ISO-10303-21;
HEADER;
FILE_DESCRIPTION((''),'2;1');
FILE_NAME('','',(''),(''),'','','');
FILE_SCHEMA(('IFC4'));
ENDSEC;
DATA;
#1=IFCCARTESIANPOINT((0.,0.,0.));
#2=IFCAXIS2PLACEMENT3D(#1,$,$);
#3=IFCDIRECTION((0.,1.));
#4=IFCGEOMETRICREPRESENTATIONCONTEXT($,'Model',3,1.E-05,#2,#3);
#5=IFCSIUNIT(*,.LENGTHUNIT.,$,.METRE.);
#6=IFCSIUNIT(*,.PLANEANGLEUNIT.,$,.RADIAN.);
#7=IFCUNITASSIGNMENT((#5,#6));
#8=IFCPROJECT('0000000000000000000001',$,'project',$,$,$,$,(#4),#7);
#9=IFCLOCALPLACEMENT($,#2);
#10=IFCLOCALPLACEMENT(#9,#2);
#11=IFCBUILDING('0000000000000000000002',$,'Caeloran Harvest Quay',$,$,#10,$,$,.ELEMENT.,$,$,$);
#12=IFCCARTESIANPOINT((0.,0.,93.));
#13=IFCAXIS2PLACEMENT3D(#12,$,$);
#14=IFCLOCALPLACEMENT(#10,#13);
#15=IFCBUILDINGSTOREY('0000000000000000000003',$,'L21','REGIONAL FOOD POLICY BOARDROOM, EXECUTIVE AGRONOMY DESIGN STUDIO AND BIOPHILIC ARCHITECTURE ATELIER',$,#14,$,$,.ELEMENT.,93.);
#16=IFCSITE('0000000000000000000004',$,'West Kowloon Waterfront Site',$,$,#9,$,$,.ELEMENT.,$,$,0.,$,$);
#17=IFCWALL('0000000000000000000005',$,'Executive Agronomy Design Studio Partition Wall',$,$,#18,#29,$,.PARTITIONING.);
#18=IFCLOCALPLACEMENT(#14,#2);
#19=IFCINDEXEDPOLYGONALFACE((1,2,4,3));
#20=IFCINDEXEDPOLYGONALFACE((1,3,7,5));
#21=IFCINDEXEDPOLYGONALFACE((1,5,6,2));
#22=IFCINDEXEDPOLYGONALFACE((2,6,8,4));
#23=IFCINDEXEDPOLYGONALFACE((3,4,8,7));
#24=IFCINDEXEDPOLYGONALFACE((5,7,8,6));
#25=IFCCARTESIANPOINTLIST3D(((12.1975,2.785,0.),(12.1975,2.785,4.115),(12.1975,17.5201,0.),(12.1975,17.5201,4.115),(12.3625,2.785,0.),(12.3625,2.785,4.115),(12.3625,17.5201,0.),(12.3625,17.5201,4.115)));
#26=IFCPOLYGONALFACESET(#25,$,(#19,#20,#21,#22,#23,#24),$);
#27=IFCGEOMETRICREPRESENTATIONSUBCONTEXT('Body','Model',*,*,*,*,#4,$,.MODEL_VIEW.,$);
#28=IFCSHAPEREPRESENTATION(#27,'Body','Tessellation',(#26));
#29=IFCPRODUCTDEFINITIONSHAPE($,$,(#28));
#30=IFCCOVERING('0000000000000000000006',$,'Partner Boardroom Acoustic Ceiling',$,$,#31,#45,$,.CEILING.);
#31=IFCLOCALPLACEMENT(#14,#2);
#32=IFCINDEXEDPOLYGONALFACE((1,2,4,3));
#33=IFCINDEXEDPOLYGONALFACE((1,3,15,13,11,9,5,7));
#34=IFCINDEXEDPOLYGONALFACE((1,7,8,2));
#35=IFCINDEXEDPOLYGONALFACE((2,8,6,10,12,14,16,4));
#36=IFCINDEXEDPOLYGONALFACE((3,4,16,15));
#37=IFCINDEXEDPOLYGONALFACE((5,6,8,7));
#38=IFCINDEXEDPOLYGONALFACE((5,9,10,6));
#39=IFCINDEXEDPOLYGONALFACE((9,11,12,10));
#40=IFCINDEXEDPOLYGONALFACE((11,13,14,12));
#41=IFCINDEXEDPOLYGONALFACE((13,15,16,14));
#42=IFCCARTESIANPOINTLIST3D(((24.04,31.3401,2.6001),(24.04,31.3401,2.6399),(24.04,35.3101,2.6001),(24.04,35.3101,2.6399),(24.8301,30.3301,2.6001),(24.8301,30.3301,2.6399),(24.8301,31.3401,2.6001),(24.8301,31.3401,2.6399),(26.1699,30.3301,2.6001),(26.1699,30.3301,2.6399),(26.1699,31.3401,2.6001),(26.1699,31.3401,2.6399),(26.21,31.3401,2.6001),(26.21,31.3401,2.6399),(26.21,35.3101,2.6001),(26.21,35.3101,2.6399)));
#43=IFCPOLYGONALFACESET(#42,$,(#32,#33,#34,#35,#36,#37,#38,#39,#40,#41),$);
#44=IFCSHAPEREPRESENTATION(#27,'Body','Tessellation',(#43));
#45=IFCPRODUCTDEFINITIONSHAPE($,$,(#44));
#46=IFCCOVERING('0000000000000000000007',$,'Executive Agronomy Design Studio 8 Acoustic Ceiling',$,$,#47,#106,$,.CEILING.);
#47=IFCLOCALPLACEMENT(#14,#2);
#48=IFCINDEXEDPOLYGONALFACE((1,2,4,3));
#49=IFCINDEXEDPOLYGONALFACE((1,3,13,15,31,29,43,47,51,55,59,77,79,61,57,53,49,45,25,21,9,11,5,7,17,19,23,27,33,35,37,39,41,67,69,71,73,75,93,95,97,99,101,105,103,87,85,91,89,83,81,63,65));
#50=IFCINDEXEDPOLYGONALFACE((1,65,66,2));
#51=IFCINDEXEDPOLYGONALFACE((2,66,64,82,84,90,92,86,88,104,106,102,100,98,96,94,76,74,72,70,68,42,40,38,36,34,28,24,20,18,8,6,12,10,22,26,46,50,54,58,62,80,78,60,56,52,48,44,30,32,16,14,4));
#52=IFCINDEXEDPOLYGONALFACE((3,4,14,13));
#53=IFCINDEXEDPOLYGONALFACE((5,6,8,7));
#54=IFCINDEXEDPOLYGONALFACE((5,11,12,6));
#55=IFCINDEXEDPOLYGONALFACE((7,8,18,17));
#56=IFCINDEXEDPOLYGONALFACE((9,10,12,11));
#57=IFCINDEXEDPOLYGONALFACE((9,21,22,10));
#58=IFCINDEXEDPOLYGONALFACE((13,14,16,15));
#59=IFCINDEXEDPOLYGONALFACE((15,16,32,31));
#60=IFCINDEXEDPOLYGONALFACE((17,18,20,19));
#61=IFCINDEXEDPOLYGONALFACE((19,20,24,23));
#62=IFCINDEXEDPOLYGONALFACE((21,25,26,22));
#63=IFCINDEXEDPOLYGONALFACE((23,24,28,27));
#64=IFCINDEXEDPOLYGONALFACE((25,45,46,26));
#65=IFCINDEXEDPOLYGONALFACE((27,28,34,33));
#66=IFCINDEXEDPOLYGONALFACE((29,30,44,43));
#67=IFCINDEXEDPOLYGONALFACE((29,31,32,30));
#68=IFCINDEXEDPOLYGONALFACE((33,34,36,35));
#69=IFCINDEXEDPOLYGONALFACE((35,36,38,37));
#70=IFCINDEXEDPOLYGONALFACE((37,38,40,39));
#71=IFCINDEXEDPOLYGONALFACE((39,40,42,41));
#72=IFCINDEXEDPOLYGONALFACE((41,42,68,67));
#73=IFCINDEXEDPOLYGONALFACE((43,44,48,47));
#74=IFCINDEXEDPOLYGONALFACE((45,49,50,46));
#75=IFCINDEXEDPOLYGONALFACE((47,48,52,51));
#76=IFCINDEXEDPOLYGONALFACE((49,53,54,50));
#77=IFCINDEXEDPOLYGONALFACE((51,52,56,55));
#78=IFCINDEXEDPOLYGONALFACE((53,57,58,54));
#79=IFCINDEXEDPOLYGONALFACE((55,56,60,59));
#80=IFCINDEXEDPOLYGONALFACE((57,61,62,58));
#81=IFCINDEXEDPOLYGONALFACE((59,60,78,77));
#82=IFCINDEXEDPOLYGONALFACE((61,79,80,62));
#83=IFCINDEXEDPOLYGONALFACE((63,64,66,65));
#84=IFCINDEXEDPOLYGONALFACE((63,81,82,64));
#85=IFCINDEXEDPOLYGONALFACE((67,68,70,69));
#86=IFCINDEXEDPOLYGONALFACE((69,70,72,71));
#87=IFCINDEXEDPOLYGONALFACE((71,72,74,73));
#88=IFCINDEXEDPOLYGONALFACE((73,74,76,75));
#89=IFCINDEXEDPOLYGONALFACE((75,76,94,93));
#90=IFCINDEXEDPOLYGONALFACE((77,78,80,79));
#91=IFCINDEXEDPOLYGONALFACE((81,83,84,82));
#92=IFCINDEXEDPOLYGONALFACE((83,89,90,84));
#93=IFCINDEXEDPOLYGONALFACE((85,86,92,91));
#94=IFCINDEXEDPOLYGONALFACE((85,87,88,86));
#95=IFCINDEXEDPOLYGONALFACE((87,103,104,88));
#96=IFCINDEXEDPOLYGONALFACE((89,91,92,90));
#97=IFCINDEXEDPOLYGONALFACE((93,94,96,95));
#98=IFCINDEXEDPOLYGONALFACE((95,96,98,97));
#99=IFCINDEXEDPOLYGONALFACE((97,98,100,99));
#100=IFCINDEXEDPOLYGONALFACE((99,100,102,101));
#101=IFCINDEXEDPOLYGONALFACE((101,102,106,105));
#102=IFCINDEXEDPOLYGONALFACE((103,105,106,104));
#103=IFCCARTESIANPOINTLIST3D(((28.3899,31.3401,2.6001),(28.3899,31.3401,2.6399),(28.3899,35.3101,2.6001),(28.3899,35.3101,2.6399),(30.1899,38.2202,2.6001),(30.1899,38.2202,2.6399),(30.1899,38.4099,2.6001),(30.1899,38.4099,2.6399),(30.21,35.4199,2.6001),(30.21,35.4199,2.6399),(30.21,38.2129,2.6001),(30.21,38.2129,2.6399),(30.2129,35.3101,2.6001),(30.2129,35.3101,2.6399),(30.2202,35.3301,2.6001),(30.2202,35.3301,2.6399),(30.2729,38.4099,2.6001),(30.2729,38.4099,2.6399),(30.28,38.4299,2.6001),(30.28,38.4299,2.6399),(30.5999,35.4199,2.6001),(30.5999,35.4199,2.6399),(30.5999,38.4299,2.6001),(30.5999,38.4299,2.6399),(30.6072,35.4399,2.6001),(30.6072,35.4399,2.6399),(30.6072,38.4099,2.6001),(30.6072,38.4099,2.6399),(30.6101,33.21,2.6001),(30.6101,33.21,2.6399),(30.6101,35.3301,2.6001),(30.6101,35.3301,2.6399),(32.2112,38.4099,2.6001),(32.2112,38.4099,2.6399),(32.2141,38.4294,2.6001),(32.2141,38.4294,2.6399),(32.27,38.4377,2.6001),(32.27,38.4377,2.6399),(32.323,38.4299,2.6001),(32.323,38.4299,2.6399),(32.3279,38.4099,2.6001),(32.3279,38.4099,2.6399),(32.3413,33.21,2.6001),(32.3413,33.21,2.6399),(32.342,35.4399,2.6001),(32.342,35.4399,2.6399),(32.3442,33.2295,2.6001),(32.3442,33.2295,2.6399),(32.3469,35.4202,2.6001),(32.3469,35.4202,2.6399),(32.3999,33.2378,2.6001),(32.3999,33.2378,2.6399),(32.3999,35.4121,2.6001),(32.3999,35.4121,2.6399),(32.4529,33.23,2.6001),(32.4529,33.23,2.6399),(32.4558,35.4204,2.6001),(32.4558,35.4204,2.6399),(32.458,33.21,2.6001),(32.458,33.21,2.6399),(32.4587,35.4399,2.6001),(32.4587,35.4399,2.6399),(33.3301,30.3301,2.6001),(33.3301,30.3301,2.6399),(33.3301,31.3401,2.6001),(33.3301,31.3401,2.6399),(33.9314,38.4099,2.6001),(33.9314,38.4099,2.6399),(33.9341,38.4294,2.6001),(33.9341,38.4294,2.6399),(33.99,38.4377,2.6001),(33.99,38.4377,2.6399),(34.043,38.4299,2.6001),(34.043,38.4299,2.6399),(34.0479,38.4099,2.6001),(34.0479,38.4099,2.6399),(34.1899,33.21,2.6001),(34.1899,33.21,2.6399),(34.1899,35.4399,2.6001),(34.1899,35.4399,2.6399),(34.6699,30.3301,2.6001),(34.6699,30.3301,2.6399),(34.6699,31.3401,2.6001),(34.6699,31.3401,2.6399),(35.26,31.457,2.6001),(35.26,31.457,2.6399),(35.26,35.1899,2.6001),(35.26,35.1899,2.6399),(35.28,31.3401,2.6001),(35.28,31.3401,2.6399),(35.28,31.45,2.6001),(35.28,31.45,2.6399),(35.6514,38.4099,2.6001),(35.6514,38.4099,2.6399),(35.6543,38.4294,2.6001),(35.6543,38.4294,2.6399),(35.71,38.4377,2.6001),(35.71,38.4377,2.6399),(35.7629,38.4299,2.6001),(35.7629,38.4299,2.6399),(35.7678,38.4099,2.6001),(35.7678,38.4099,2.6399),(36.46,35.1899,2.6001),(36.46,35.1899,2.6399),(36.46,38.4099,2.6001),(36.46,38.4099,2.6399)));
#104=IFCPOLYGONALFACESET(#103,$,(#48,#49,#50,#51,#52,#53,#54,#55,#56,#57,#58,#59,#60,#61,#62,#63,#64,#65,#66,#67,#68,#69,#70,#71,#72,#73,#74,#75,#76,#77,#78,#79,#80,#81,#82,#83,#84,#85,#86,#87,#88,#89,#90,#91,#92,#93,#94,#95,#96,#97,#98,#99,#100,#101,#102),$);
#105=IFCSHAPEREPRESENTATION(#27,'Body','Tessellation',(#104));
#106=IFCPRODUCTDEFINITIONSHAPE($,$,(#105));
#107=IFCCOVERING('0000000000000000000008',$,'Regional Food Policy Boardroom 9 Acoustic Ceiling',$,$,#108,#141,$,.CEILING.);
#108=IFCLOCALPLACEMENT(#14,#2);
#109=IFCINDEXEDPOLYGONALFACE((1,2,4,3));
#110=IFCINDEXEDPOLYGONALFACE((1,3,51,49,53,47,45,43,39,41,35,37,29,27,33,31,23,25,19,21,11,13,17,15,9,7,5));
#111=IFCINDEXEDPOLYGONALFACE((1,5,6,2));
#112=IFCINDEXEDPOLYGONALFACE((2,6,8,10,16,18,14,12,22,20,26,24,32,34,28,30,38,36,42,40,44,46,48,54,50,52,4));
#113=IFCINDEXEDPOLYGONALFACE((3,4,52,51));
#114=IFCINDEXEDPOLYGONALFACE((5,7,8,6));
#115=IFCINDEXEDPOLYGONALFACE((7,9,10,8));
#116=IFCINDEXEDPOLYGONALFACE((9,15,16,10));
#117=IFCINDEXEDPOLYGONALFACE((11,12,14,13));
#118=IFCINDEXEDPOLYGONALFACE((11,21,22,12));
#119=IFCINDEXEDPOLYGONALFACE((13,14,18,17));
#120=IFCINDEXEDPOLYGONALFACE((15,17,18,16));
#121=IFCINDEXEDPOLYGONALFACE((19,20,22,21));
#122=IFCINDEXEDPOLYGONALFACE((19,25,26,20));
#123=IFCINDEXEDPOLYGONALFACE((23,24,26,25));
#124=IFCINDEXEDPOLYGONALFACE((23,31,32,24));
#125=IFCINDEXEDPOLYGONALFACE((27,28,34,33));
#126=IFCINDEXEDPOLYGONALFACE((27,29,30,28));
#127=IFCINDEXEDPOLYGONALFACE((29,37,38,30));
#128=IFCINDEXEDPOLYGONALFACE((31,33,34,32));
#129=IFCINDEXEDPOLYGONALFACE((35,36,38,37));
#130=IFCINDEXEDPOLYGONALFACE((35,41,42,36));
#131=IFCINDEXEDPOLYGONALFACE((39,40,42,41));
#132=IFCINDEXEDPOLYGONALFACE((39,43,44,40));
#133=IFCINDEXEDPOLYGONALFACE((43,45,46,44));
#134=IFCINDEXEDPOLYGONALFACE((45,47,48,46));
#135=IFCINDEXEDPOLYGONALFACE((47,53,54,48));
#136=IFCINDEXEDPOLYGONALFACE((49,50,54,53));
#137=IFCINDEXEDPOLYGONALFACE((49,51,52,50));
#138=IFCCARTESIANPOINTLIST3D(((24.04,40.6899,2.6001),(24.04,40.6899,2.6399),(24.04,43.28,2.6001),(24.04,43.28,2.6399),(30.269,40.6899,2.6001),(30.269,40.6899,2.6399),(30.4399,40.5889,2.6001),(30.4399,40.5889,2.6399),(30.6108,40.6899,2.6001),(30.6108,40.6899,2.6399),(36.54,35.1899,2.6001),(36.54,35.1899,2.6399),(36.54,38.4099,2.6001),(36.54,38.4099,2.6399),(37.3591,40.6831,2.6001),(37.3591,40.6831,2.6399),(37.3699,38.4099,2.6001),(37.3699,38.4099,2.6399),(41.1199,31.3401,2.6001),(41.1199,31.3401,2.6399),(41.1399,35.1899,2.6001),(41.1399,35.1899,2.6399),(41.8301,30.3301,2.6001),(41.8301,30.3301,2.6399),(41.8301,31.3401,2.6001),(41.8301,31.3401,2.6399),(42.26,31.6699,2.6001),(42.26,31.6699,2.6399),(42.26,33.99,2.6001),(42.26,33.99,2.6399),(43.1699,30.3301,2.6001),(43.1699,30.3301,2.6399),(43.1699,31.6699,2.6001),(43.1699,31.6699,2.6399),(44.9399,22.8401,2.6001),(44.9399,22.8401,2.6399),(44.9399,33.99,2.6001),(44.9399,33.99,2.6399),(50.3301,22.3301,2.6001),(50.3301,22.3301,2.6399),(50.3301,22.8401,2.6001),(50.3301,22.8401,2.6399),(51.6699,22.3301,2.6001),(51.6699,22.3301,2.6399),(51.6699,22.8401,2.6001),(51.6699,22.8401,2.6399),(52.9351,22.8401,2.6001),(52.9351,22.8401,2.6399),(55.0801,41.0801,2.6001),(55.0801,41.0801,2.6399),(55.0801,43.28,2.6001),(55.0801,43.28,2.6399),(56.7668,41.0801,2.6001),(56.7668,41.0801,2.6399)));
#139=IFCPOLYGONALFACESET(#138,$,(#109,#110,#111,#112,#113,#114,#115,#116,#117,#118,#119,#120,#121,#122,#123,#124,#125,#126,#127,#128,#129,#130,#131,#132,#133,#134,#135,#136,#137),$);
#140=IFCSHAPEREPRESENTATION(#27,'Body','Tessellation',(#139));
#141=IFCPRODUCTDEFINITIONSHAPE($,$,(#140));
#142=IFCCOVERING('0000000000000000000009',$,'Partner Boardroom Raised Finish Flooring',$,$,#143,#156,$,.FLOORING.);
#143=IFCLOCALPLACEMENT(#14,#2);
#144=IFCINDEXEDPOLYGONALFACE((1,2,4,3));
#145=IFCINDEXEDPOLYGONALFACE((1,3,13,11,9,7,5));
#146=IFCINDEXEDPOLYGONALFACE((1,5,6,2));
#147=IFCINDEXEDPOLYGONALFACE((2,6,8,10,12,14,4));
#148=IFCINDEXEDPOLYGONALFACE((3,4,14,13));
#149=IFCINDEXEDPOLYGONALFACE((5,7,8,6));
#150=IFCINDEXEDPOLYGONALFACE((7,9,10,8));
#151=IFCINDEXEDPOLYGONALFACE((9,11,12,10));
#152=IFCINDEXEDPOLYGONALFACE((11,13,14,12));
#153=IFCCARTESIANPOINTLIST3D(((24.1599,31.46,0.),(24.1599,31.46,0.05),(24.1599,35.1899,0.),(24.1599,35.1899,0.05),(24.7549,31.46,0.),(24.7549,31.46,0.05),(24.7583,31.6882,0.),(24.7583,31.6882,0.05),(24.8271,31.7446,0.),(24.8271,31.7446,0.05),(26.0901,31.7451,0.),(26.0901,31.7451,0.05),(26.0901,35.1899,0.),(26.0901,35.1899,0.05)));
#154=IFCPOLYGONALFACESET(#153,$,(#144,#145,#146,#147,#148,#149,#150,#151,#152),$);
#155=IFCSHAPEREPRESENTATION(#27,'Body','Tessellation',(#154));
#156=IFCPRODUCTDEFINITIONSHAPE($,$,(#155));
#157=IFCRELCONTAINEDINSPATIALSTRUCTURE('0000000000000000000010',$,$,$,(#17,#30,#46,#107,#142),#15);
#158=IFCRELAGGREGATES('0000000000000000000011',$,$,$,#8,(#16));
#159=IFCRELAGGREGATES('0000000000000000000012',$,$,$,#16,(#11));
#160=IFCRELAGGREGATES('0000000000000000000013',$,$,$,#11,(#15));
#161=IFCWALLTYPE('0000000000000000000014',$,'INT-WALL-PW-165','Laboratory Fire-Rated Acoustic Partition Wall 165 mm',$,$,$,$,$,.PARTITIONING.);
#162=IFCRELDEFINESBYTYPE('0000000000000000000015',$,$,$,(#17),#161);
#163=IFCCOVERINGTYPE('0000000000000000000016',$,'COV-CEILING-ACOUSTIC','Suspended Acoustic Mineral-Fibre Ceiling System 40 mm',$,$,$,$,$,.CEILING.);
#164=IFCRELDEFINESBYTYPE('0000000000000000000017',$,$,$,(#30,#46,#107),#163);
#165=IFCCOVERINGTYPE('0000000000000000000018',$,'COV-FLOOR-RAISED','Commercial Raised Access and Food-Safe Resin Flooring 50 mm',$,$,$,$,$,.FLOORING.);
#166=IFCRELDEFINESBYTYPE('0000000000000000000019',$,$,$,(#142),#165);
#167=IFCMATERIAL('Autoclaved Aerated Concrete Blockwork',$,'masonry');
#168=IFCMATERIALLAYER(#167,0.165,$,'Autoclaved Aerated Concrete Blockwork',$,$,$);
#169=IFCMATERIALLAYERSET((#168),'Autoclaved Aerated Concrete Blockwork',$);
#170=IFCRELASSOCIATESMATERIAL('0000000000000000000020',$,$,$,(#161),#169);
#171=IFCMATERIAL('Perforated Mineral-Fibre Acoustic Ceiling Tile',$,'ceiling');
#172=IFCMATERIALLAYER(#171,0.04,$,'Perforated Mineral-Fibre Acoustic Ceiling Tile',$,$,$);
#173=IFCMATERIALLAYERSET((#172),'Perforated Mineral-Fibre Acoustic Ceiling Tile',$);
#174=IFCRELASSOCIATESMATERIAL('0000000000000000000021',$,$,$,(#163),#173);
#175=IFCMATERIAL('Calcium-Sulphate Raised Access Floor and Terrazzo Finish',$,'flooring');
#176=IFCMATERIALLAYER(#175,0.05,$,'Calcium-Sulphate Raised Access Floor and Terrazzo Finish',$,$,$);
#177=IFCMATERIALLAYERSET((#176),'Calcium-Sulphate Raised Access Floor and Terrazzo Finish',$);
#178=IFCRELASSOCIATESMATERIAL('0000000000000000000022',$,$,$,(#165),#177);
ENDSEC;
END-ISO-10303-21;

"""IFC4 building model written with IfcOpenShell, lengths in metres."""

from ifc_helpers import new_model, si_unit, direction, frame, frame_2d, origin, place, context, subcontext, project, spatial, polyline, rectangle, outline, extrude, material, layer, layer_set, type_object, element, save


model = new_model("IFC4")

# Units and contexts
model_context = context("Model", 3, precision=1e-05, world=origin(), true_north=direction((0.0, 1.0)))
body_context = subcontext(model_context, "Body", "Model", "MODEL_VIEW")
ifc_project = project(units=[si_unit("LENGTHUNIT", "METRE"), si_unit("PLANEANGLEUNIT", "RADIAN")], contexts=[model_context])

# Site, building, storey
site_placement = place(None, origin())
site = spatial("IfcSite", under=ifc_project, at=site_placement, Name="West Kowloon Waterfront Site", CompositionType="ELEMENT", RefElevation=0.0)
building_placement = place(site_placement, origin())
building = spatial("IfcBuilding", under=site, at=building_placement, Name="Caeloran Harvest Quay", CompositionType="ELEMENT")
storey_placement = place(building_placement, frame((0.0, 0.0, 93.0)))
storey = spatial("IfcBuildingStorey", under=building, at=storey_placement, Name="L21", Description="REGIONAL FOOD POLICY BOARDROOM, EXECUTIVE AGRONOMY DESIGN STUDIO AND BIOPHILIC ARCHITECTURE ATELIER", CompositionType="ELEMENT", Elevation=93.0)

# Wall
ifc_material_1 = material(Name="Autoclaved Aerated Concrete Blockwork", Category="masonry")
ifc_layer_1 = layer(ifc_material_1, 0.165, Name="Autoclaved Aerated Concrete Blockwork")
ifc_layer_set_1 = layer_set([ifc_layer_1], Name="Autoclaved Aerated Concrete Blockwork")
wall_type_1 = type_object("IfcWallType", Name="INT-WALL-PW-165", Description="Laboratory Fire-Rated Acoustic Partition Wall 165 mm", PredefinedType="PARTITIONING", material=ifc_layer_set_1)
wall_1_placement = place(storey_placement, frame((12.28, 2.7849, 0.0), z_axis=(0.0, 0.0, 1.0), x_axis=(0.0, 1.0, 0.0)))
element("IfcWall", 1, at=wall_1_placement, inside=storey, type_object=wall_type_1, Name="Executive Agronomy Design Studio Partition Wall", PredefinedType="PARTITIONING", context=body_context, shape_type="SweptSolid", body=[
    extrude(rectangle(XDim=14.7351, YDim=0.165, at=frame_2d((7.3677, 0.0))), origin(), (0.0, 0.0, 1.0), 4.115),
])

# Coverings
ifc_material_2 = material(Name="Perforated Mineral-Fibre Acoustic Ceiling Tile", Category="ceiling")
ifc_layer_2 = layer(ifc_material_2, 0.04, Name="Perforated Mineral-Fibre Acoustic Ceiling Tile")
ifc_layer_set_2 = layer_set([ifc_layer_2], Name="Perforated Mineral-Fibre Acoustic Ceiling Tile")
covering_type_1 = type_object("IfcCoveringType", Name="COV-CEILING-ACOUSTIC", Description="Suspended Acoustic Mineral-Fibre Ceiling System 40 mm", PredefinedType="CEILING", material=ifc_layer_set_2)
covering_1_placement = place(storey_placement, frame((0.0, 0.0, 2.6001)))
element("IfcCovering", 2, at=covering_1_placement, inside=storey, type_object=covering_type_1, Name="Partner Boardroom Acoustic Ceiling", PredefinedType="CEILING", context=body_context, shape_type="SweptSolid", body=[
    extrude(outline(polyline([(26.1699, 30.3301), (24.8301, 30.3301), (24.8301, 31.3401), (24.04, 31.3401), (24.04, 35.3101), (26.21, 35.3101), (26.21, 31.3401), (26.1699, 31.3401), (26.1699, 30.3301)])), origin(), (0.0, 0.0, 1.0), 0.0398),
])
covering_2_placement = place(storey_placement, frame((0.0, 0.0, 2.6001)))
element("IfcCovering", 3, at=covering_2_placement, inside=storey, type_object=covering_type_1, Name="Executive Agronomy Design Studio 8 Acoustic Ceiling", PredefinedType="CEILING", context=body_context, shape_type="SweptSolid", body=[
    extrude(outline(polyline([(34.6699, 30.3301), (33.3301, 30.3301), (33.3301, 31.3401), (28.3899, 31.3401), (28.3899, 35.3101), (30.2129, 35.3101), (30.2202, 35.3301), (30.6101, 35.3301), (30.6101, 33.21), (32.3413, 33.21), (32.3442, 33.2295), (32.3999, 33.2378), (32.4529, 33.23), (32.458, 33.21), (34.1899, 33.21), (34.1899, 35.4399), (32.4587, 35.4399), (32.4558, 35.4204), (32.3999, 35.4121), (32.3469, 35.4202), (32.342, 35.4399), (30.6072, 35.4399), (30.5999, 35.4199), (30.21, 35.4199), (30.21, 38.2129), (30.1899, 38.2202), (30.1899, 38.4099), (30.2729, 38.4099), (30.28, 38.4299), (30.5999, 38.4299), (30.6072, 38.4099), (32.2112, 38.4099), (32.2141, 38.4294), (32.27, 38.4377), (32.323, 38.4299), (32.3279, 38.4099), (33.9314, 38.4099), (33.9341, 38.4294), (33.99, 38.4377), (34.043, 38.4299), (34.0479, 38.4099), (35.6514, 38.4099), (35.6543, 38.4294), (35.71, 38.4377), (35.7629, 38.4299), (35.7678, 38.4099), (36.46, 38.4099), (36.46, 35.1899), (35.26, 35.1899), (35.26, 31.457), (35.28, 31.45), (35.28, 31.3401), (34.6699, 31.3401), (34.6699, 30.3301)])), origin(), (0.0, 0.0, 1.0), 0.0398),
])
covering_3_placement = place(storey_placement, frame((0.0, 0.0, 2.6001)))
element("IfcCovering", 4, at=covering_3_placement, inside=storey, type_object=covering_type_1, Name="Regional Food Policy Boardroom 9 Acoustic Ceiling", PredefinedType="CEILING", context=body_context, shape_type="SweptSolid", body=[
    extrude(outline(polyline([(50.3301, 22.8401), (44.9399, 22.8401), (44.9399, 33.99), (42.26, 33.99), (42.26, 31.6699), (43.1699, 31.6699), (43.1699, 30.3301), (41.8301, 30.3301), (41.8301, 31.3401), (41.1199, 31.3401), (41.1399, 35.1899), (36.54, 35.1899), (36.54, 38.4099), (37.3699, 38.4099), (37.3591, 40.6831), (30.6108, 40.6899), (30.4399, 40.5889), (30.269, 40.6899), (24.04, 40.6899), (24.04, 43.28), (55.0801, 43.28), (55.0801, 41.0801), (56.7668, 41.0801), (52.9351, 22.8401), (51.6699, 22.8401), (51.6699, 22.3301), (50.3301, 22.3301), (50.3301, 22.8401)])), origin(), (0.0, 0.0, 1.0), 0.0398),
])
ifc_material_3 = material(Name="Calcium-Sulphate Raised Access Floor and Terrazzo Finish", Category="flooring")
ifc_layer_3 = layer(ifc_material_3, 0.05, Name="Calcium-Sulphate Raised Access Floor and Terrazzo Finish")
ifc_layer_set_3 = layer_set([ifc_layer_3], Name="Calcium-Sulphate Raised Access Floor and Terrazzo Finish")
covering_type_2 = type_object("IfcCoveringType", Name="COV-FLOOR-RAISED", Description="Commercial Raised Access and Food-Safe Resin Flooring 50 mm", PredefinedType="FLOORING", material=ifc_layer_set_3)
covering_4_placement = place(storey_placement, origin())
element("IfcCovering", 5, at=covering_4_placement, inside=storey, type_object=covering_type_2, Name="Partner Boardroom Raised Finish Flooring", PredefinedType="FLOORING", context=body_context, shape_type="SweptSolid", body=[
    extrude(outline(polyline([(24.1599, 35.1899), (26.0901, 35.1899), (26.0901, 31.7451), (24.8271, 31.7446), (24.7583, 31.6882), (24.7549, 31.46), (24.1599, 31.46), (24.1599, 35.1899)])), origin(), (0.0, 0.0, 1.0), 0.05),
])

save(model, "model.ifc")
